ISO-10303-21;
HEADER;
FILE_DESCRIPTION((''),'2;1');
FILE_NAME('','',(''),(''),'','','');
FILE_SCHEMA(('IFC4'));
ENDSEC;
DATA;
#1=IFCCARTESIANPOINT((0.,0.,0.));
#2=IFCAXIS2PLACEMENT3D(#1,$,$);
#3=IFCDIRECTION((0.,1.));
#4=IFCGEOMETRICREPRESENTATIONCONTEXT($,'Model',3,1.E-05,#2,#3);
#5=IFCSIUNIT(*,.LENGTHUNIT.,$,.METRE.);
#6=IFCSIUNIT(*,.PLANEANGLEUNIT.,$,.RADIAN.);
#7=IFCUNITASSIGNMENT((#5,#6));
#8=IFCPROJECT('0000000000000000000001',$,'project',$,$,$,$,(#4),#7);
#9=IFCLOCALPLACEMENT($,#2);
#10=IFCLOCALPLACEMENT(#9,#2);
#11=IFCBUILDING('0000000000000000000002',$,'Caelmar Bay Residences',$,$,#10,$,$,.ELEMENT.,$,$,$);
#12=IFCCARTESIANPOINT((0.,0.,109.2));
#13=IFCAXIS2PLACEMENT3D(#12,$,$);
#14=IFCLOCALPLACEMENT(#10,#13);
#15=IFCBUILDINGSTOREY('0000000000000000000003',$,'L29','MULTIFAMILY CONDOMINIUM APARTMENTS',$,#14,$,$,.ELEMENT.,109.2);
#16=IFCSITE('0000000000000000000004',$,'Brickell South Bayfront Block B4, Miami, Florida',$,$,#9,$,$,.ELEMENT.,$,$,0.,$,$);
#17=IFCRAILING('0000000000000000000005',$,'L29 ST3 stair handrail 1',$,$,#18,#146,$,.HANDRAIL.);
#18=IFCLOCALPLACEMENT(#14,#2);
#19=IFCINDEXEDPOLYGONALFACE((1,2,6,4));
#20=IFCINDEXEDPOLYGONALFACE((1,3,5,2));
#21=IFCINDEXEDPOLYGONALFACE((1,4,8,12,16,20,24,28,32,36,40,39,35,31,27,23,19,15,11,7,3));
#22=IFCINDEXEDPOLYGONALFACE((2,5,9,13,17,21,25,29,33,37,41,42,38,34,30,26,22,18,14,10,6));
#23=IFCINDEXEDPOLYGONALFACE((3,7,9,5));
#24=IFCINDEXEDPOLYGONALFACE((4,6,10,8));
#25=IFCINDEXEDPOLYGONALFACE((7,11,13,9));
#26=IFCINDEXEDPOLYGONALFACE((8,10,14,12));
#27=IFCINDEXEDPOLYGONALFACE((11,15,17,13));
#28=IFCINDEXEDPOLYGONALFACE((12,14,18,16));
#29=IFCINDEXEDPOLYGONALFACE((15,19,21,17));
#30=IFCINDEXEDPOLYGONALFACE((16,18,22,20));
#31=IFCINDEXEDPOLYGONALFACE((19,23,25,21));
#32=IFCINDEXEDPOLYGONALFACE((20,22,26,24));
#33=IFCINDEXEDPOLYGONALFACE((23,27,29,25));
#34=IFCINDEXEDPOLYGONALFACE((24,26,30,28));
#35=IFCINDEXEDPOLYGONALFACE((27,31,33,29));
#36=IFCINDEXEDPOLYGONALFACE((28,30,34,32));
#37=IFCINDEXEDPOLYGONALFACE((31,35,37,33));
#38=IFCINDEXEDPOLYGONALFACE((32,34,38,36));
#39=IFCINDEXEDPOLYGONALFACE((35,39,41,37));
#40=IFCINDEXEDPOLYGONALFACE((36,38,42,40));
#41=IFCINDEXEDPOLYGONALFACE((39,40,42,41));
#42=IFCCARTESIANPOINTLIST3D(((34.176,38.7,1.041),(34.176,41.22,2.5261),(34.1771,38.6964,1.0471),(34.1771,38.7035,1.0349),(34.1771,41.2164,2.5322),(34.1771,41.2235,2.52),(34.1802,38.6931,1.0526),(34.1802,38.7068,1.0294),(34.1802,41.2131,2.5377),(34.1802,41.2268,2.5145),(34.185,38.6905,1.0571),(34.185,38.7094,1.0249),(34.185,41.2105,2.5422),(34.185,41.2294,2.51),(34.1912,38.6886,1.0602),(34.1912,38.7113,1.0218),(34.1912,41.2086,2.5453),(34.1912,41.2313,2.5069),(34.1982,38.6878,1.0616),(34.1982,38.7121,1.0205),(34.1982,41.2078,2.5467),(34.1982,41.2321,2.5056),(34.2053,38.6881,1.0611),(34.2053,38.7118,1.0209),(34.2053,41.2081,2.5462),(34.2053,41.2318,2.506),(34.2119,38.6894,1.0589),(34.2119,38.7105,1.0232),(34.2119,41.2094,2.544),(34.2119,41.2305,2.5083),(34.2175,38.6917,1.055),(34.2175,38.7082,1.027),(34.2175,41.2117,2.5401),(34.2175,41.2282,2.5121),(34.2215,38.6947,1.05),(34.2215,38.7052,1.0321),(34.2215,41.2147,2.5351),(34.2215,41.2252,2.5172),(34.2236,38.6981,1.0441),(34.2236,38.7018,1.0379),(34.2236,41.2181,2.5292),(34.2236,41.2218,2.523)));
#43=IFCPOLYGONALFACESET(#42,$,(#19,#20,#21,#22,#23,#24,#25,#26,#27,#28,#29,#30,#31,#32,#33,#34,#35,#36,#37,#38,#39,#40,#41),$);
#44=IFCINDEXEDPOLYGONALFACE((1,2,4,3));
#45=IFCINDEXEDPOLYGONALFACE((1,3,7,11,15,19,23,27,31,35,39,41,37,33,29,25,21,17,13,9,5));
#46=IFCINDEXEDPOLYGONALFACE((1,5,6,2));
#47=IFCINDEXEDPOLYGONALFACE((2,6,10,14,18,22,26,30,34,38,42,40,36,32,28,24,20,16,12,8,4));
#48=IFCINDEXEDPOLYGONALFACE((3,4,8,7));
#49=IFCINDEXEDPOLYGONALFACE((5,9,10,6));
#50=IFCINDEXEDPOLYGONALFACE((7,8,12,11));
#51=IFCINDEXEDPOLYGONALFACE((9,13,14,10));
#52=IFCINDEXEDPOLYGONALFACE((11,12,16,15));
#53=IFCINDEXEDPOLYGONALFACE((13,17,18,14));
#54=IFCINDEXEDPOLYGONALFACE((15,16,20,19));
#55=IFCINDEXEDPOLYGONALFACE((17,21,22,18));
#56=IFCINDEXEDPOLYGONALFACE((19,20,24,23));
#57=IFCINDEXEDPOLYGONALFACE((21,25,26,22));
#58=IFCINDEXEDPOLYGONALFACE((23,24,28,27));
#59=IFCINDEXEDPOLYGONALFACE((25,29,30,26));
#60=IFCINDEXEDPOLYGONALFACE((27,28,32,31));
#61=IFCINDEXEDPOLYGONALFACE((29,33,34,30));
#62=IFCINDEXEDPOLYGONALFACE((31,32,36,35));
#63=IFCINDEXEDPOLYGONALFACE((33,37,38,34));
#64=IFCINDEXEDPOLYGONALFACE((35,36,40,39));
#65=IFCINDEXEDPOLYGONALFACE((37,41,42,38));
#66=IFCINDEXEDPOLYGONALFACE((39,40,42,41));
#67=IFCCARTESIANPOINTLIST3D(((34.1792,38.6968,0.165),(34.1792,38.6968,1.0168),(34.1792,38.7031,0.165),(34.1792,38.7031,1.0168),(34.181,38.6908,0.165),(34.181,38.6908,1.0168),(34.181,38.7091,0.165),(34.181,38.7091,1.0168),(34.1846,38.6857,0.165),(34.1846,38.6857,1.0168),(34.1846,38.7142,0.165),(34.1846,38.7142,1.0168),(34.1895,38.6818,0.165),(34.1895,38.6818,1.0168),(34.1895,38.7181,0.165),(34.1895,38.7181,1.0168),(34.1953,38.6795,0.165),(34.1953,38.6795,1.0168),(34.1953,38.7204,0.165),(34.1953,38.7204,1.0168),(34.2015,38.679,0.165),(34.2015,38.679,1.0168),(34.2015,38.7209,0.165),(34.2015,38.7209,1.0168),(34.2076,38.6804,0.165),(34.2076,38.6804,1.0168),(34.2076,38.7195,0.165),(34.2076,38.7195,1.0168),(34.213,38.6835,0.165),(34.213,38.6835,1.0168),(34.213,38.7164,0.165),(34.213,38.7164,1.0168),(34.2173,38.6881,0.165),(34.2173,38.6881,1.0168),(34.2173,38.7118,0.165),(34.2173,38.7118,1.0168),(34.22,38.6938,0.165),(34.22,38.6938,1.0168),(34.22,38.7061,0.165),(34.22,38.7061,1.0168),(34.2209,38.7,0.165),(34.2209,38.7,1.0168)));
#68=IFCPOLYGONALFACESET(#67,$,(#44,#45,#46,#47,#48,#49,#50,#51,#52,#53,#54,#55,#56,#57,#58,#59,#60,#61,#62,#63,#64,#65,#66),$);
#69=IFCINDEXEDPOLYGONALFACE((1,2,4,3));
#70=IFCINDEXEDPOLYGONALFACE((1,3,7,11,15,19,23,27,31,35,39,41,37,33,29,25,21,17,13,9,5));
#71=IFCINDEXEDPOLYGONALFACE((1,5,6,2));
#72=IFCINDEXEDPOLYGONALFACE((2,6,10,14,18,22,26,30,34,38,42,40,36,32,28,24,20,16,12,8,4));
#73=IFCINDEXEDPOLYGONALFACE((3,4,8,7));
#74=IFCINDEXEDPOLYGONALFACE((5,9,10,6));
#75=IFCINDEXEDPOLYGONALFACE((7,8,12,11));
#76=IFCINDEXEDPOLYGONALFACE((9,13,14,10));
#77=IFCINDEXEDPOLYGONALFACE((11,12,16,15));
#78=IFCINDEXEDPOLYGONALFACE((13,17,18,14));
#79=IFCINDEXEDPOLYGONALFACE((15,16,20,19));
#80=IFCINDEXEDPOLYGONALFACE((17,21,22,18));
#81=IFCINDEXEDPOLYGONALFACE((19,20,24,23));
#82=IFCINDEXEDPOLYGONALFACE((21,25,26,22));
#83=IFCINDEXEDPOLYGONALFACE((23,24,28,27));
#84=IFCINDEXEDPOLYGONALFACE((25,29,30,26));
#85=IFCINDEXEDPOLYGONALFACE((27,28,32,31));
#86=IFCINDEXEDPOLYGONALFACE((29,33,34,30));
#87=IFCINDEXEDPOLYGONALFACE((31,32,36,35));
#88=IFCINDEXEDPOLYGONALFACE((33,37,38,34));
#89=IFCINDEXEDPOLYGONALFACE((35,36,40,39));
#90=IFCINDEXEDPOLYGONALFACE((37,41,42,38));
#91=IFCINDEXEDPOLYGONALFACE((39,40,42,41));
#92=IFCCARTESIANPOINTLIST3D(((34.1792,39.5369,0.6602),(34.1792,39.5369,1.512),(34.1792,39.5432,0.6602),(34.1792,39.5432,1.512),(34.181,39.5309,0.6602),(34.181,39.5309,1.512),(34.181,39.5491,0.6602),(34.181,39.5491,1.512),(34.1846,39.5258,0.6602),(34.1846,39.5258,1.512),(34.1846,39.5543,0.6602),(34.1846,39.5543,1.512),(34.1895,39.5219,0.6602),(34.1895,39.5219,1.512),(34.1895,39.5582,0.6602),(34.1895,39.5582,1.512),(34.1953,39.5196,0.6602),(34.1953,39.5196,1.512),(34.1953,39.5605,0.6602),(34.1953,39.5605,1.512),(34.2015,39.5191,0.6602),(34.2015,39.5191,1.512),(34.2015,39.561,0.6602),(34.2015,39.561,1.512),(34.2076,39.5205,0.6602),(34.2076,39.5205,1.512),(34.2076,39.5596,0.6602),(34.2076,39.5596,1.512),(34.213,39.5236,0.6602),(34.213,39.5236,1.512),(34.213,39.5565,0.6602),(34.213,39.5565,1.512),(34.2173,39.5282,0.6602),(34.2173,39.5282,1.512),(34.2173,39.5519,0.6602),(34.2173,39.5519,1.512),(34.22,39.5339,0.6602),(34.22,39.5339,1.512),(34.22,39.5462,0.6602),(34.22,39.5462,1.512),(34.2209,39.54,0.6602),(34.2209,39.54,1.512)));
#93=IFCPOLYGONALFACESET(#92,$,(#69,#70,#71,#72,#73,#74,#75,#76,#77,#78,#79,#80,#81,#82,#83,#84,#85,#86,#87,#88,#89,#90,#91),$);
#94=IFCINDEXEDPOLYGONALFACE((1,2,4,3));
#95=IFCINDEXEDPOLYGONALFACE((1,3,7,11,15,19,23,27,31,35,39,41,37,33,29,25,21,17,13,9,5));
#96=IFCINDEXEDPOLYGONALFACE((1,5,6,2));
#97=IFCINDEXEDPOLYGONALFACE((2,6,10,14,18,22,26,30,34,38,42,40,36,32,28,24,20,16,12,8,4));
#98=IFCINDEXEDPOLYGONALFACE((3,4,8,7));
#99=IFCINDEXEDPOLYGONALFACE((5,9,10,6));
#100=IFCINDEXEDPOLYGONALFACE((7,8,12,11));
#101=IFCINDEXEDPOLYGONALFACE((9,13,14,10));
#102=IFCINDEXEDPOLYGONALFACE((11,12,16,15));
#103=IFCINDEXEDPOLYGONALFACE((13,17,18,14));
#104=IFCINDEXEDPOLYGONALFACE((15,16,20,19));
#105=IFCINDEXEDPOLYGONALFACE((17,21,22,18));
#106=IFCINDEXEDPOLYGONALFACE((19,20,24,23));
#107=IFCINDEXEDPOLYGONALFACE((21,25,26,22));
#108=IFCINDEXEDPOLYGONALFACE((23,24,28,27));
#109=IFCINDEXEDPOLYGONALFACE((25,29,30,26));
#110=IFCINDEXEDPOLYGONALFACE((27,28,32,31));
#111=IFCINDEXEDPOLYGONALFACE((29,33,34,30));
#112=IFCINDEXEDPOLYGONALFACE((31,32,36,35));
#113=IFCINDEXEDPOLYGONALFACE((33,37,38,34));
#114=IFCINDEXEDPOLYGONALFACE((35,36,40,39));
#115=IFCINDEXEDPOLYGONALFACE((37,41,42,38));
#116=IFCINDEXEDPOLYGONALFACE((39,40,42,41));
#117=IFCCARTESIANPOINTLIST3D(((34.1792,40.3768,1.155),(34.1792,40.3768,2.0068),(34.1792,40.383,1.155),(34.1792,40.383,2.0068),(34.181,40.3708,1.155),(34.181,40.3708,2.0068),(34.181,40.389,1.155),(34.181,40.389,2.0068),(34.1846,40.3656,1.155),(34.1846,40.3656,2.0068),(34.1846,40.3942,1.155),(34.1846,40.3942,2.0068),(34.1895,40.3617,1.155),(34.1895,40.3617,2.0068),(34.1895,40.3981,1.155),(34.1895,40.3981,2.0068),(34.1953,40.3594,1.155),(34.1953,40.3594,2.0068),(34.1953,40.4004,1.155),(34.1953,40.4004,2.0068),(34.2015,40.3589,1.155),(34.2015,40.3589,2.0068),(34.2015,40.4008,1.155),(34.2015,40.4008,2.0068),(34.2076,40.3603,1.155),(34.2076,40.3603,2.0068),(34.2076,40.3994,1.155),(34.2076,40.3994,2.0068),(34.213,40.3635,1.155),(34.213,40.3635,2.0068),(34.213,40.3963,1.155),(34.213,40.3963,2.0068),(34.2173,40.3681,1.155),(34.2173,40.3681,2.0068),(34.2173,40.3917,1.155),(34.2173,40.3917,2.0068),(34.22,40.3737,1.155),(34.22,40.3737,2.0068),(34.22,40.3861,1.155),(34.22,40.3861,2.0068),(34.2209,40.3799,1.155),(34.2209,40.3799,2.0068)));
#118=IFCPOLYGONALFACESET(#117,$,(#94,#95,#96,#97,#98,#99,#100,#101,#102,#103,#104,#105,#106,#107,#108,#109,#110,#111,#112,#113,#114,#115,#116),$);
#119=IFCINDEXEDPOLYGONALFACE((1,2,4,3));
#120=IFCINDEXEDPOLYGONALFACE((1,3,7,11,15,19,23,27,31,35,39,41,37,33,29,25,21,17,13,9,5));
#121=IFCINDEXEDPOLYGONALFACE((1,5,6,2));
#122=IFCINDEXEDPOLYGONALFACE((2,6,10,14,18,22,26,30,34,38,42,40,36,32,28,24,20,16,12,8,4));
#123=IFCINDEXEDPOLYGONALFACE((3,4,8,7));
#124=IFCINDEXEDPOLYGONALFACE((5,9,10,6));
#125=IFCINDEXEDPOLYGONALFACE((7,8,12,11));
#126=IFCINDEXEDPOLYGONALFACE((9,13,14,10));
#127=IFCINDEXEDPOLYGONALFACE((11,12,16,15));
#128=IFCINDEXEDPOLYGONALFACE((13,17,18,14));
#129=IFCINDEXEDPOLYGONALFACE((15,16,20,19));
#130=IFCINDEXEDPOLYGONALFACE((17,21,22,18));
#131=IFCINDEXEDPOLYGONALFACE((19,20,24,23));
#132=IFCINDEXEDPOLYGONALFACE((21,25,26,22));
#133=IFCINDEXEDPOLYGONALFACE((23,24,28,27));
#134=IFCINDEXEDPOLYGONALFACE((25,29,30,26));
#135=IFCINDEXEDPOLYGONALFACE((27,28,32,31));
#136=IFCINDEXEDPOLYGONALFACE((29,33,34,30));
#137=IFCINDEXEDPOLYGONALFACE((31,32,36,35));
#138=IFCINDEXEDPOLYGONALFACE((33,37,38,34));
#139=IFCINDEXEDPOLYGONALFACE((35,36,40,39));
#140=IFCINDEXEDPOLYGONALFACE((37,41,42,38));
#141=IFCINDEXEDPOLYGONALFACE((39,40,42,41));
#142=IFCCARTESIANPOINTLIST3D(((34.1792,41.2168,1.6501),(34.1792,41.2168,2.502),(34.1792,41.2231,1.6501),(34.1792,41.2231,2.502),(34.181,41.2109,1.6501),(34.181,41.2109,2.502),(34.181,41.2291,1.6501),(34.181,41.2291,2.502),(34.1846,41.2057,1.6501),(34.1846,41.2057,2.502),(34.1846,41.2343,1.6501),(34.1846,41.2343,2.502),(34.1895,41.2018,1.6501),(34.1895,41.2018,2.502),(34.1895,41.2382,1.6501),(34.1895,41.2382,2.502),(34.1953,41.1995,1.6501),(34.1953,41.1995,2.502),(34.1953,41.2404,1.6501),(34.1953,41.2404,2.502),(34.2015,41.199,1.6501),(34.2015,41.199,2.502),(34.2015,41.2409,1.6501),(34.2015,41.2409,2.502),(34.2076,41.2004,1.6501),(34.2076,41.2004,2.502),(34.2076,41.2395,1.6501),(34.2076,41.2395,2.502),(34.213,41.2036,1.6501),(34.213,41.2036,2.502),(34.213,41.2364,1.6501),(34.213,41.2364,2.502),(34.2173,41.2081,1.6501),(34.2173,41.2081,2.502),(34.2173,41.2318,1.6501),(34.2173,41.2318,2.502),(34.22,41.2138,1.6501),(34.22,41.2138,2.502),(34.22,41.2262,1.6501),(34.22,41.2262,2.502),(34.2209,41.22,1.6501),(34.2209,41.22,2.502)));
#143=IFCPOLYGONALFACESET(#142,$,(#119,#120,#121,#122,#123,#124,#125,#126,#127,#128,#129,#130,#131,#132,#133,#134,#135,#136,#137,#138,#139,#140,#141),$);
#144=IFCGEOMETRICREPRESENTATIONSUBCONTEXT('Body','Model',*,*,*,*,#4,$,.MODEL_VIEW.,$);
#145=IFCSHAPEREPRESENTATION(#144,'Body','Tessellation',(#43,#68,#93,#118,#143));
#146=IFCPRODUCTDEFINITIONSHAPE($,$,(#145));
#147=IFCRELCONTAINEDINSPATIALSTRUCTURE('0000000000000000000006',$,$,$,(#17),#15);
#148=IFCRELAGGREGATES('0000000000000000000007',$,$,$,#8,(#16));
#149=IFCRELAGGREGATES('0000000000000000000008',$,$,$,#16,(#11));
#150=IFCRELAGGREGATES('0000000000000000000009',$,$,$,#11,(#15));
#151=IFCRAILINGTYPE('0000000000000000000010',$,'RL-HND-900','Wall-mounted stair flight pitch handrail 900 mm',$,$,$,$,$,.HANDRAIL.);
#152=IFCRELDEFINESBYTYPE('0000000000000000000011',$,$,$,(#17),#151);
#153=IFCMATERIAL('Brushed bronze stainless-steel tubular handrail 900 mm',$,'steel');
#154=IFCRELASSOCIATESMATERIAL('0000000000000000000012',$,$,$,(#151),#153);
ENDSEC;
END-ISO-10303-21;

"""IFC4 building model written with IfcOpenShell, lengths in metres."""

from ifc_helpers import new_model, si_unit, direction, frame, origin, origin_2d, place, context, subcontext, project, spatial, circle, extrude, material, type_object, element, save


model = new_model("IFC4")

# Units and contexts
model_context = context("Model", 3, precision=1e-05, world=origin(), true_north=direction((0.0, 1.0)))
body_context = subcontext(model_context, "Body", "Model", "MODEL_VIEW")
ifc_project = project(units=[si_unit("LENGTHUNIT", "METRE"), si_unit("PLANEANGLEUNIT", "RADIAN")], contexts=[model_context])

# Site, building, storey
site_placement = place(None, origin())
site = spatial("IfcSite", under=ifc_project, at=site_placement, Name="Brickell South Bayfront Block B4, Miami, Florida", CompositionType="ELEMENT", RefElevation=0.0)
building_placement = place(site_placement, origin())
building = spatial("IfcBuilding", under=site, at=building_placement, Name="Caelmar Bay Residences", CompositionType="ELEMENT")
storey_placement = place(building_placement, frame((0.0, 0.0, 109.2)))
storey = spatial("IfcBuildingStorey", under=building, at=storey_placement, Name="L29", Description="MULTIFAMILY CONDOMINIUM APARTMENTS", CompositionType="ELEMENT", Elevation=109.2)

# Railing
ifc_material_1 = material(Name="Brushed bronze stainless-steel tubular handrail 900 mm", Category="steel")
railing_type_1 = type_object("IfcRailingType", Name="RL-HND-900", Description="Wall-mounted stair flight pitch handrail 900 mm", PredefinedType="HANDRAIL", material=ifc_material_1)
railing_1_placement = place(storey_placement, frame((34.2, 38.7, 0.165)))
element("IfcRailing", 1, at=railing_1_placement, inside=storey, type_object=railing_type_1, Name="L29 ST3 stair handrail 1", PredefinedType="HANDRAIL", context=body_context, shape_type="SweptSolid", body=[
    extrude(circle(Radius=0.0239, at=origin_2d()), frame((0.0, 0.0, 0.876), z_axis=(0.0, 0.861524, 0.507717), x_axis=(-1.0, 0.0, 0.0)), (0.0, 0.0, 1.0), 2.925),
    extrude(circle(Radius=0.021, at=origin_2d()), origin(), (0.0, 0.0, 1.0), 0.8518),
    extrude(circle(Radius=0.021, at=origin_2d()), frame((0.0, 0.8401, 0.4951)), (0.0, 0.0, 1.0), 0.8518),
    extrude(circle(Radius=0.021, at=origin_2d()), frame((0.0, 1.6799, 0.99)), (0.0, 0.0, 1.0), 0.8518),
    extrude(circle(Radius=0.021, at=origin_2d()), frame((0.0, 2.52, 1.4851)), (0.0, 0.0, 1.0), 0.8518),
])

save(model, "model.ifc")
